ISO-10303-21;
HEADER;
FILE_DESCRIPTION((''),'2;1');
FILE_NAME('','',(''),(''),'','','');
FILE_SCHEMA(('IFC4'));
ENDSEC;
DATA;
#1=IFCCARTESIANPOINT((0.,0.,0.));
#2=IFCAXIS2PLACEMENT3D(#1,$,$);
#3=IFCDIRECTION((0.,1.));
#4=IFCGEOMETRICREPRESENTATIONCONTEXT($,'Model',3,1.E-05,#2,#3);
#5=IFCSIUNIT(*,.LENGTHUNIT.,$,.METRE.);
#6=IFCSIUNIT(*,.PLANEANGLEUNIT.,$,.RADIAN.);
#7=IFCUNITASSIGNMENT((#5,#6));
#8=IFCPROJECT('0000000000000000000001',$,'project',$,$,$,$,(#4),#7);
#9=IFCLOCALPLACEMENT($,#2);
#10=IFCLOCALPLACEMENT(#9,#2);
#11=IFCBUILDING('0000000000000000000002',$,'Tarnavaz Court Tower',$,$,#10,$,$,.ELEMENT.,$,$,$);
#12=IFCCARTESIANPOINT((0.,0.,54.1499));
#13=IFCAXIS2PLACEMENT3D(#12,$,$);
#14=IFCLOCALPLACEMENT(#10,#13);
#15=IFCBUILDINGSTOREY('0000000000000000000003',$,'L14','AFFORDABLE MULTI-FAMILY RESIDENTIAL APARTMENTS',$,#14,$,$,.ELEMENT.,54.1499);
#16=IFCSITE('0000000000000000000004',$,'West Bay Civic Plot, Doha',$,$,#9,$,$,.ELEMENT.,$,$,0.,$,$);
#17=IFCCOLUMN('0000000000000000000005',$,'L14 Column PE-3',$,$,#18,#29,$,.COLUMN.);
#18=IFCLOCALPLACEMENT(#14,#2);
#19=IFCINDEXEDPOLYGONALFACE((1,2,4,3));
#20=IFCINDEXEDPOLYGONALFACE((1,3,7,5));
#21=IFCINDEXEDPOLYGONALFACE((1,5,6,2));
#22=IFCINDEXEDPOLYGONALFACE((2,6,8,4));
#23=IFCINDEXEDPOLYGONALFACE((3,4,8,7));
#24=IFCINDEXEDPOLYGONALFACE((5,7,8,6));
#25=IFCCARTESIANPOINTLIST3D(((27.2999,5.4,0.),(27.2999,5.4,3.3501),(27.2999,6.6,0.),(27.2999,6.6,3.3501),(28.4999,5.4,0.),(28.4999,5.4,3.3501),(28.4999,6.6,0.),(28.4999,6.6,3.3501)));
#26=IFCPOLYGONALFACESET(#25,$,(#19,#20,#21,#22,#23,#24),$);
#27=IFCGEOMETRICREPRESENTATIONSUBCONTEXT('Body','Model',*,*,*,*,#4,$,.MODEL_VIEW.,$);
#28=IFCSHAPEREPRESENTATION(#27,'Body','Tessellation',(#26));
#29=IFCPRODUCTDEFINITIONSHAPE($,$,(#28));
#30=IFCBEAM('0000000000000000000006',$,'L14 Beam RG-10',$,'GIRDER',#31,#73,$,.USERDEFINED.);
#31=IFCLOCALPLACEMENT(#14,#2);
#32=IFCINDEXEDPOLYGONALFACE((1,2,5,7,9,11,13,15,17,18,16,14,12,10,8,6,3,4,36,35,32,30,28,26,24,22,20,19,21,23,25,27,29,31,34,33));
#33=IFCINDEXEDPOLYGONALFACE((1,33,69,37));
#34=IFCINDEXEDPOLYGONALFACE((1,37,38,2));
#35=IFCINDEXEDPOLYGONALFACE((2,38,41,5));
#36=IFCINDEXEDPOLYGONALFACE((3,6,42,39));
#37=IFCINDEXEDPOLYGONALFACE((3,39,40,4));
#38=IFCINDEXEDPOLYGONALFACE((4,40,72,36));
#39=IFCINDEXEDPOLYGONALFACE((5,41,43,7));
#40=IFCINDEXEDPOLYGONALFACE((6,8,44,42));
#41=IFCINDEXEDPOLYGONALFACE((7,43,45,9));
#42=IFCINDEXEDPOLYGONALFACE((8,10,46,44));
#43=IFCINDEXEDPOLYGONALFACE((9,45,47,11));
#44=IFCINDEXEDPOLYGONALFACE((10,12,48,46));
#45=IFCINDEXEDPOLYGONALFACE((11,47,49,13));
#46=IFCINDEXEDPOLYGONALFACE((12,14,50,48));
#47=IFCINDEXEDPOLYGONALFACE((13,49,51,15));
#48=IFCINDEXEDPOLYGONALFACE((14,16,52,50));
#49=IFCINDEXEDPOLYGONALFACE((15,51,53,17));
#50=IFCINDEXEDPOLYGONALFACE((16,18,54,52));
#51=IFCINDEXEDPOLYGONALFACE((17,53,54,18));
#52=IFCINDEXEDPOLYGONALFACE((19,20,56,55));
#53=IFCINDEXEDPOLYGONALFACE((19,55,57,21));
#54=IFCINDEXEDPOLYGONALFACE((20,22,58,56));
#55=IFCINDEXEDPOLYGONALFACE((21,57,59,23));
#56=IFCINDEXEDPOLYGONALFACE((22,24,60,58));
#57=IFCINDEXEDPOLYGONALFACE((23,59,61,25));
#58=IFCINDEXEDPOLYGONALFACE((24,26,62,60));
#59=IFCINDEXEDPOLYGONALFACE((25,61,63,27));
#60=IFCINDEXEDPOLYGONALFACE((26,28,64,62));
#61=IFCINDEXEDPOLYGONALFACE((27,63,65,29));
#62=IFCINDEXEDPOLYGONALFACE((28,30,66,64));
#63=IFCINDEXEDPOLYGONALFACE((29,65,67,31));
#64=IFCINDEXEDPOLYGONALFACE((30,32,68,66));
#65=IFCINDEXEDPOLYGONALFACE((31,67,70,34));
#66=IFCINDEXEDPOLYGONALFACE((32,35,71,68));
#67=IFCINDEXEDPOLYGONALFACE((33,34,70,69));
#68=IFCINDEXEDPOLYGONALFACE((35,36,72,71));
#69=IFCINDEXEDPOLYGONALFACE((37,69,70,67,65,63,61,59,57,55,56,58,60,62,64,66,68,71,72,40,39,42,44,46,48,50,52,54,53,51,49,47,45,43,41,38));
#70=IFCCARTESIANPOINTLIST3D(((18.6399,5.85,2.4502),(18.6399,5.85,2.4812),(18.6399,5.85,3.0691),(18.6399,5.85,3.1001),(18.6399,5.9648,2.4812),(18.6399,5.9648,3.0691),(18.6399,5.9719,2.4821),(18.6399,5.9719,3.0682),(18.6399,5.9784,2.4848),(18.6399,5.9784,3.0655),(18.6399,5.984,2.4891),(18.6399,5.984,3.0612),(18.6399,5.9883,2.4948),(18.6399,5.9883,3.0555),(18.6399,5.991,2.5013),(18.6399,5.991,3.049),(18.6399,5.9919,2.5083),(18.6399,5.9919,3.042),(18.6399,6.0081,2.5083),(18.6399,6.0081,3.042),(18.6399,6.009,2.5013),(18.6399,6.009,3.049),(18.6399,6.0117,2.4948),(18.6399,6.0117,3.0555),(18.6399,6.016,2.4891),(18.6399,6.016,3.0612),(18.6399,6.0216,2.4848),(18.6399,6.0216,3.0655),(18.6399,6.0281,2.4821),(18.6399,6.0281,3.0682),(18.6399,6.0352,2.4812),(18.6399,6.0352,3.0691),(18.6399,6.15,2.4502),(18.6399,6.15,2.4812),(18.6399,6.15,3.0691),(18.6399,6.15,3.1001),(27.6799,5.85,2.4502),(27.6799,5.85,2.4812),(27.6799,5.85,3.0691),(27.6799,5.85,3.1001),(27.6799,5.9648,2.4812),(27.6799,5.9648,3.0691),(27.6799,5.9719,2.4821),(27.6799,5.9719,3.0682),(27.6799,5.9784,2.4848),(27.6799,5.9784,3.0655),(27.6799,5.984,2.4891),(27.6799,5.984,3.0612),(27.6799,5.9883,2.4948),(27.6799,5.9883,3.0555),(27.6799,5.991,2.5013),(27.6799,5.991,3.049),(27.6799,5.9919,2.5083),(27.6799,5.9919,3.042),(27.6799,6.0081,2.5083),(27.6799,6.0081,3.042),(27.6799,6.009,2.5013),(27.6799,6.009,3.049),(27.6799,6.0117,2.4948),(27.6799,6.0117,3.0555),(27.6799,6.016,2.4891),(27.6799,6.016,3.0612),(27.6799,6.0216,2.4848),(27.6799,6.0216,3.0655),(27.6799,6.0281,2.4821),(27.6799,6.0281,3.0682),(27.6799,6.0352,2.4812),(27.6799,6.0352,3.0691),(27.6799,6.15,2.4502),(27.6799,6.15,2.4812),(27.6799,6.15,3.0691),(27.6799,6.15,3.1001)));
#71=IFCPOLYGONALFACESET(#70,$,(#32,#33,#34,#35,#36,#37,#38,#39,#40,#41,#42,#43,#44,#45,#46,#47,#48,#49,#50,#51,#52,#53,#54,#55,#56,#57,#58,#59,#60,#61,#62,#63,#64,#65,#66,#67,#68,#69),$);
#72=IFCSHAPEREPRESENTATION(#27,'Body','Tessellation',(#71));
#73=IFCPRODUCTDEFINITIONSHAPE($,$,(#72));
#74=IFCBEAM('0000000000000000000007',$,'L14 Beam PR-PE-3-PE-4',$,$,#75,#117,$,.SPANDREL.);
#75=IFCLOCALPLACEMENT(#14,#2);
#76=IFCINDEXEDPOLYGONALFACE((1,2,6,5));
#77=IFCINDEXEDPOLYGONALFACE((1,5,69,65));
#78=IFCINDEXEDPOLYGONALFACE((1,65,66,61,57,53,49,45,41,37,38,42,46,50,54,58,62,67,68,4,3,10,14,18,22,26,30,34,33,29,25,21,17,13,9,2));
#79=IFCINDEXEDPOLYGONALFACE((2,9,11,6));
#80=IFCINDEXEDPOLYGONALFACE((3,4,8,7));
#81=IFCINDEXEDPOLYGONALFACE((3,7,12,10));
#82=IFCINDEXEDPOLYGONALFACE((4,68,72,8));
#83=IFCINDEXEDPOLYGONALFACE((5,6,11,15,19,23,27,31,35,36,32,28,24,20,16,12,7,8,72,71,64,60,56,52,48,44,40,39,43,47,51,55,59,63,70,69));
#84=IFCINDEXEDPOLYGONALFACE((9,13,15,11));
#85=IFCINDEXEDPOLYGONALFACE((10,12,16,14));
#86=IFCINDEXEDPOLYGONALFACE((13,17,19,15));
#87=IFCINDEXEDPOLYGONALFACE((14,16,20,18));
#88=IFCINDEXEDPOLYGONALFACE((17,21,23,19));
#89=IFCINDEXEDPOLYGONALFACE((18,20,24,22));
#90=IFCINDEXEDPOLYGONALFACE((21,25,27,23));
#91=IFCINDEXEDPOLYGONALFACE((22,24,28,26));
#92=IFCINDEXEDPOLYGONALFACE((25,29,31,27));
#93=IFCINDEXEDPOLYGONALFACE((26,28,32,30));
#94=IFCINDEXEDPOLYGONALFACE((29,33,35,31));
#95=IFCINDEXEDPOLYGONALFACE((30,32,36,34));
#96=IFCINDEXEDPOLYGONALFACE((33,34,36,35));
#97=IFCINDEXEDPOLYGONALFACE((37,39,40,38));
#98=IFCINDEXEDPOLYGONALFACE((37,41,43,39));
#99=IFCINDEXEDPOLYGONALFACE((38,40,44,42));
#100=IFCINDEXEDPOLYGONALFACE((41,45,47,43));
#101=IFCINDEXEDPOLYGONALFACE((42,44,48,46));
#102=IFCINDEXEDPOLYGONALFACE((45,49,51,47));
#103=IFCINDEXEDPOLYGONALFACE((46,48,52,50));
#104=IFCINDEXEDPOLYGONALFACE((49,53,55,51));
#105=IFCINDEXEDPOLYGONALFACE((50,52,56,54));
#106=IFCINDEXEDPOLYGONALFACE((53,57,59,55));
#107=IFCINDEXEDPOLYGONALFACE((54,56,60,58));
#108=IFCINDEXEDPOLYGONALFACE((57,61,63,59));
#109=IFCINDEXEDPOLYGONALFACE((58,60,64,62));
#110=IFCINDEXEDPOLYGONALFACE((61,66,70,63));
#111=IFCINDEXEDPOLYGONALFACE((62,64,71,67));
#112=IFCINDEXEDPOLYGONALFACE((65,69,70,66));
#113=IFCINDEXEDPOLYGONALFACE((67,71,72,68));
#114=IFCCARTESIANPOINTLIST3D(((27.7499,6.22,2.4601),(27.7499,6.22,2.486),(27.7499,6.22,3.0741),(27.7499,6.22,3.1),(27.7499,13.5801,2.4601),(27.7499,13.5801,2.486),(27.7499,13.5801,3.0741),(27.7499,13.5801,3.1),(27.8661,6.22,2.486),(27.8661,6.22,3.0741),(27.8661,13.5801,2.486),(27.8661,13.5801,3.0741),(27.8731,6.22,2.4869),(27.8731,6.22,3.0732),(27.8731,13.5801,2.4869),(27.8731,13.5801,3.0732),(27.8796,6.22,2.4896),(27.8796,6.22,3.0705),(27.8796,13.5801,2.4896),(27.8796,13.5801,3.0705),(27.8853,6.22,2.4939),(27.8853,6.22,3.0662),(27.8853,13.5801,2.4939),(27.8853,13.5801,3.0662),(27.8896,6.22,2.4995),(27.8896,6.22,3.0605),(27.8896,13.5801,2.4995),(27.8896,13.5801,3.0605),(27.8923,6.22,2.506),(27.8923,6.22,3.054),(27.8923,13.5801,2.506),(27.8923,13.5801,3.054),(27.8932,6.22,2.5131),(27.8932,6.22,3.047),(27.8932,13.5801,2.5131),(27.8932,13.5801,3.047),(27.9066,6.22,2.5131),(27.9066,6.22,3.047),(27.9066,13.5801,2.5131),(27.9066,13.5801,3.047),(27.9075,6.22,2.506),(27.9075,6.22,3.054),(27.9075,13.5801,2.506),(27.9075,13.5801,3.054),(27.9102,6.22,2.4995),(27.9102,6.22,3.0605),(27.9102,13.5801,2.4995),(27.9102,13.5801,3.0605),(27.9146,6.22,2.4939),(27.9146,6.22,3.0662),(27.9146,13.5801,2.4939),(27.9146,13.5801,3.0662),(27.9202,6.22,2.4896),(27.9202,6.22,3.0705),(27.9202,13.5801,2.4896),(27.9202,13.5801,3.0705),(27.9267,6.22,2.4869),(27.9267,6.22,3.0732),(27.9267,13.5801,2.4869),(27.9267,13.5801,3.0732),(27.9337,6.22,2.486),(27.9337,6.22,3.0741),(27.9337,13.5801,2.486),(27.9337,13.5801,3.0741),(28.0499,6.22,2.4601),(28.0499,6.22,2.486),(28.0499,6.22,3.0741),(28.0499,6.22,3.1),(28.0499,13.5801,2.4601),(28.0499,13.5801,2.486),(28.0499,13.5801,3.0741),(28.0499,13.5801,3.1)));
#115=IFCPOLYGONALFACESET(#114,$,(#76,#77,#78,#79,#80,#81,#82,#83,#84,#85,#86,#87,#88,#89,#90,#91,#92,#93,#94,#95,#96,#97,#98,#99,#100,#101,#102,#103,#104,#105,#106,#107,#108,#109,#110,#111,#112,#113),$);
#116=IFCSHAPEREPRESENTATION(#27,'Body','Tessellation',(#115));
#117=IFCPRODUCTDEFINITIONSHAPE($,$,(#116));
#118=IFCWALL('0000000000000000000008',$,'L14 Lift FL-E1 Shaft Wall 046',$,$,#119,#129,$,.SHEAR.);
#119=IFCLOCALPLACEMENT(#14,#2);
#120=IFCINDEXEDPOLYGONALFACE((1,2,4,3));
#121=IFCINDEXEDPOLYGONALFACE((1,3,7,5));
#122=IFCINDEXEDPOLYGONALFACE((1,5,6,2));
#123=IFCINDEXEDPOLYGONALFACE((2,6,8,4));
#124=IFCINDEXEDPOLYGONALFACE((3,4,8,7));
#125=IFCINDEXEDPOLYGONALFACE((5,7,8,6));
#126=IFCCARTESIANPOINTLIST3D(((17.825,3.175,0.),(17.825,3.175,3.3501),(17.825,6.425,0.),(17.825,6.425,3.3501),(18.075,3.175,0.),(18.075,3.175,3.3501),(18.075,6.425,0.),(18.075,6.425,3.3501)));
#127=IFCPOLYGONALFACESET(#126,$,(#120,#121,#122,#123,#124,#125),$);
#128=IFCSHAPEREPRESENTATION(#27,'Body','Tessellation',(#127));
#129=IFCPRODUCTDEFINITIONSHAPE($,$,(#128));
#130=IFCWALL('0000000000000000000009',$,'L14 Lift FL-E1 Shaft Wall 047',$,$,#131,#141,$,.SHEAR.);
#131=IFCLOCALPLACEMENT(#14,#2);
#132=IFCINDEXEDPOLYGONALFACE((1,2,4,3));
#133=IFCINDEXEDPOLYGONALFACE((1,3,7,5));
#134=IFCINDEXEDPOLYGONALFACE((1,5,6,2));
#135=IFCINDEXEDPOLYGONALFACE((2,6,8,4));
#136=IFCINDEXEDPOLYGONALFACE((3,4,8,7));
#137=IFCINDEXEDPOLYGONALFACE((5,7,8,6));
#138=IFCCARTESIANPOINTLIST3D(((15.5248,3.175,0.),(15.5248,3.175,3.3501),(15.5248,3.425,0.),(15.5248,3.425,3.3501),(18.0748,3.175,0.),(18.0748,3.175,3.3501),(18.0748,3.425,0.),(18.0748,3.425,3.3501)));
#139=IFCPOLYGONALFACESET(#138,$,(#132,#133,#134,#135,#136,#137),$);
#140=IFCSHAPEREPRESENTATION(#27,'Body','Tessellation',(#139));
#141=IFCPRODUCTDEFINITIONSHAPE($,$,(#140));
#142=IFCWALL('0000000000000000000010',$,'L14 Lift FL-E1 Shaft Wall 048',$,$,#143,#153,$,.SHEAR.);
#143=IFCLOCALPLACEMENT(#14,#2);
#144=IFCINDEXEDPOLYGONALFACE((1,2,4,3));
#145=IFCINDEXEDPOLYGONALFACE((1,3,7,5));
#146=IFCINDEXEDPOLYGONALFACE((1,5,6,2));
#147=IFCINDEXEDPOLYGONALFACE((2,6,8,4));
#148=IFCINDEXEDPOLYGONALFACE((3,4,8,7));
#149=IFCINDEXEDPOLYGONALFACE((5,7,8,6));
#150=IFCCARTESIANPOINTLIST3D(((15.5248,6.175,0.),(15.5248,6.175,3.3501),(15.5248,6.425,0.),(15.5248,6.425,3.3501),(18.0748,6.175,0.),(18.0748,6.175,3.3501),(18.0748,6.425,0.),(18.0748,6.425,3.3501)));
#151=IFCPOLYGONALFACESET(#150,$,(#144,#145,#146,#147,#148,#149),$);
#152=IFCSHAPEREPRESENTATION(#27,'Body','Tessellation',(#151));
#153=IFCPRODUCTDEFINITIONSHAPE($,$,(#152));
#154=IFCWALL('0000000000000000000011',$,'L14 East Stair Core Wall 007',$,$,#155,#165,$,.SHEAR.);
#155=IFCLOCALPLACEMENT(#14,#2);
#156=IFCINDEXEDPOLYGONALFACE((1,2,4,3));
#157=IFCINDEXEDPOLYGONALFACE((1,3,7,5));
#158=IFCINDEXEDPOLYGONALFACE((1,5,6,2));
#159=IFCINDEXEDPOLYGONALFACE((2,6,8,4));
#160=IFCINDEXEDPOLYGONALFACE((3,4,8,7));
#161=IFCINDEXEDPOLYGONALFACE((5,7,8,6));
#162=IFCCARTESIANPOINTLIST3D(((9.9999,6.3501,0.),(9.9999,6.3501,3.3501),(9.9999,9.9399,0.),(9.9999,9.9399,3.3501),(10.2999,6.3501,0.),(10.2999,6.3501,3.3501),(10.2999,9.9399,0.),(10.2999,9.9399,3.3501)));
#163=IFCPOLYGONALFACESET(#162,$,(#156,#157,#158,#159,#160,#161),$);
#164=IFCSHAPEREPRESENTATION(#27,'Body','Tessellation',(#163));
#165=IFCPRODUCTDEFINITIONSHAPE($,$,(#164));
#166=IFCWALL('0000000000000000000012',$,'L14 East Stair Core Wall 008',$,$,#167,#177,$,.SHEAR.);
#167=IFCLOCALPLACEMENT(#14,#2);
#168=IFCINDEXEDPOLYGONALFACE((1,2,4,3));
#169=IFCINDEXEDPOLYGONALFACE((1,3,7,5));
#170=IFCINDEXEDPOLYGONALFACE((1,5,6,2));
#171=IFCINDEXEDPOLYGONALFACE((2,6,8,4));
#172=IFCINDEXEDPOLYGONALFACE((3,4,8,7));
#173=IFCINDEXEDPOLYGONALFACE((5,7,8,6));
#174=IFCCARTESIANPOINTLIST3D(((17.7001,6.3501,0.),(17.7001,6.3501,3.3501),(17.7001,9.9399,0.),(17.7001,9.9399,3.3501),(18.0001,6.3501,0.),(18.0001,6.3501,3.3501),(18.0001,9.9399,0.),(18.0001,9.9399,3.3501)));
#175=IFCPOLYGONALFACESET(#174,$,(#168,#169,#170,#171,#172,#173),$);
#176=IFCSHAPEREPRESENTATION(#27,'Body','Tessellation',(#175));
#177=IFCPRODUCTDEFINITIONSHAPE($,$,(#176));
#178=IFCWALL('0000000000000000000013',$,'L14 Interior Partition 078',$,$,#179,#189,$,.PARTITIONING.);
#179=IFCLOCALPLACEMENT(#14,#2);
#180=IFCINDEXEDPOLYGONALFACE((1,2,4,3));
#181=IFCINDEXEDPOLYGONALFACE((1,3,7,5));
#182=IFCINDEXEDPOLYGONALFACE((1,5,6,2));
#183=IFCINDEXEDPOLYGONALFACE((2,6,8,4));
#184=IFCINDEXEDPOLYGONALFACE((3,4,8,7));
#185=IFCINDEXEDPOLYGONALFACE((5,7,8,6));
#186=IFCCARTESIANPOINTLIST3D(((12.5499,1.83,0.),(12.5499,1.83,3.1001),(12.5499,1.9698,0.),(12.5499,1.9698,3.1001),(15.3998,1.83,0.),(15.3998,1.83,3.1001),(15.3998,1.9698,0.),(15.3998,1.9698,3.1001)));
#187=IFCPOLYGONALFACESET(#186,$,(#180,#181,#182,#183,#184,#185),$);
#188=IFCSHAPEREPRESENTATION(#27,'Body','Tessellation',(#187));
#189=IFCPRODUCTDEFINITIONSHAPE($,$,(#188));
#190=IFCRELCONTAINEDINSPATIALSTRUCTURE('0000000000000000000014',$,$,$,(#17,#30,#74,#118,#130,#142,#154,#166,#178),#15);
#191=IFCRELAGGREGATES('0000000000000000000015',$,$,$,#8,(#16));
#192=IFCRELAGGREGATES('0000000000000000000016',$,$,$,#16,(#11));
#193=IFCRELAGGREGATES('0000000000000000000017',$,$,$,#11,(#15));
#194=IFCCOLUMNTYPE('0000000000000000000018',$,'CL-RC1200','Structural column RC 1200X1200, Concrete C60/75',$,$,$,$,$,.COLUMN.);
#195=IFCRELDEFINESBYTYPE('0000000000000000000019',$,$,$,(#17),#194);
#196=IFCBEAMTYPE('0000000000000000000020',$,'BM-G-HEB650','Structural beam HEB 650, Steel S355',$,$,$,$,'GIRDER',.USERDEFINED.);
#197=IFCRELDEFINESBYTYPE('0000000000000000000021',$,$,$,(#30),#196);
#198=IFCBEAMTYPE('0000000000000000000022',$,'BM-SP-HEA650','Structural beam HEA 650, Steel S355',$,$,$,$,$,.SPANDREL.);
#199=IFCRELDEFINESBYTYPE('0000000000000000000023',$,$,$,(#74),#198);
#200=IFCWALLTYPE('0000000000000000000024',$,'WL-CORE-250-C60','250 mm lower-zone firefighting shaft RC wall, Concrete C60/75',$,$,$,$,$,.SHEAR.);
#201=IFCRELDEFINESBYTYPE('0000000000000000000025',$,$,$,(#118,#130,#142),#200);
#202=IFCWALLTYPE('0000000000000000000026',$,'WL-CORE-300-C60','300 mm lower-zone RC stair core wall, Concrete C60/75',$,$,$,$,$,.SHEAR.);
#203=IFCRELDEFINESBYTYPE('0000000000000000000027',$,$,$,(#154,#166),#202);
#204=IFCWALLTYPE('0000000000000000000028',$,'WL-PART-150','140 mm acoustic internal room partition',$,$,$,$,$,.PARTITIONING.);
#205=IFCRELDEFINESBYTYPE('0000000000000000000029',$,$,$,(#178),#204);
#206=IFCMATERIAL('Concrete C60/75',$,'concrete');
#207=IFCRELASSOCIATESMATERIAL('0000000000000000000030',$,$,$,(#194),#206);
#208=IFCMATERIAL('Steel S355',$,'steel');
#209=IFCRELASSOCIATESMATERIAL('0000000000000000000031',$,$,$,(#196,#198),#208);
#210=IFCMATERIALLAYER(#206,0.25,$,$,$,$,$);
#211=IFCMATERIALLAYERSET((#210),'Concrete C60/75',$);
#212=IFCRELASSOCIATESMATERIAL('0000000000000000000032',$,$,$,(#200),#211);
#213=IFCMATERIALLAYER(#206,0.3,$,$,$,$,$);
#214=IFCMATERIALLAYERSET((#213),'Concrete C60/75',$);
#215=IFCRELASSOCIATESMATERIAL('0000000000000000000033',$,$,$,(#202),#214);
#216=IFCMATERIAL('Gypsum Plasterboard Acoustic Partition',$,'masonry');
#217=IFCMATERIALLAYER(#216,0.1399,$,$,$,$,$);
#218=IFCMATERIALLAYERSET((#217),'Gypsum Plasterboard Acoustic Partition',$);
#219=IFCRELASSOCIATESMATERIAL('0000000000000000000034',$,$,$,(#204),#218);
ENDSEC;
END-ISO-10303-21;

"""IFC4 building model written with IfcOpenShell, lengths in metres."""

from ifc_helpers import new_model, si_unit, direction, frame, frame_2d, origin, origin_2d, place, context, subcontext, project, spatial, rectangle, i_section, extrude, material, layer, layer_set, material_profile, profile_set, type_object, element, save


model = new_model("IFC4")

# Units and contexts
model_context = context("Model", 3, precision=1e-05, world=origin(), true_north=direction((0.0, 1.0)))
body_context = subcontext(model_context, "Body", "Model", "MODEL_VIEW")
ifc_project = project(units=[si_unit("LENGTHUNIT", "METRE"), si_unit("PLANEANGLEUNIT", "RADIAN")], contexts=[model_context])

# Site, building, storey
site_placement = place(None, origin())
site = spatial("IfcSite", under=ifc_project, at=site_placement, Name="West Bay Civic Plot, Doha", CompositionType="ELEMENT", RefElevation=0.0)
building_placement = place(site_placement, origin())
building = spatial("IfcBuilding", under=site, at=building_placement, Name="Tarnavaz Court Tower", CompositionType="ELEMENT")
storey_placement = place(building_placement, frame((0.0, 0.0, 54.1499)))
storey = spatial("IfcBuildingStorey", under=building, at=storey_placement, Name="L14", Description="AFFORDABLE MULTI-FAMILY RESIDENTIAL APARTMENTS", CompositionType="ELEMENT", Elevation=54.1499)

# Column
ifc_material_1 = material(Name="Concrete C60/75", Category="concrete")
ifc_material_profile_1 = material_profile(ifc_material_1, rectangle(XDim=1.2, YDim=1.2, at=origin_2d()), Name="RC 1200X1200")
ifc_profile_set_1 = profile_set([ifc_material_profile_1], Name="Concrete C60/75")
column_type = type_object("IfcColumnType", Name="CL-RC1200", Description="Structural column RC 1200X1200, Concrete C60/75", PredefinedType="COLUMN", material=ifc_profile_set_1)
column_placement = place(storey_placement, frame((27.8999, 6.0, 0.0), z_axis=(0.0, 0.0, 1.0), x_axis=(1.0, 0.0, 0.0)))
element("IfcColumn", 1, at=column_placement, inside=storey, type_object=column_type, Name="L14 Column PE-3", PredefinedType="COLUMN", context=body_context, shape_type="SweptSolid", body=[
    extrude(rectangle(XDim=1.2, YDim=1.2, at=origin_2d()), origin(), (0.0, 0.0, 1.0), 3.3501),
])

# Beams
ifc_material_2 = material(Name="Steel S355", Category="steel")
ifc_material_profile_2 = material_profile(ifc_material_2, i_section(OverallWidth=0.3, OverallDepth=0.6499, WebThickness=0.0161, FlangeThickness=0.031, FilletRadius=0.0271, at=origin_2d()), Name="HEB 650")
ifc_profile_set_2 = profile_set([ifc_material_profile_2], Name="Steel S355")
beam_type_1 = type_object("IfcBeamType", Name="BM-G-HEB650", Description="Structural beam HEB 650, Steel S355", ElementType="GIRDER", PredefinedType="USERDEFINED", material=ifc_profile_set_2)
beam_1_placement = place(storey_placement, frame((18.6399, 6.0, 2.7751), z_axis=(1.0, 0.0, 0.0), x_axis=(0.0, 1.0, 0.0)))
element("IfcBeam", 2, at=beam_1_placement, inside=storey, type_object=beam_type_1, Name="L14 Beam RG-10", ObjectType="GIRDER", PredefinedType="USERDEFINED", context=body_context, shape_type="SweptSolid", body=[
    extrude(i_section(OverallWidth=0.3, OverallDepth=0.6499, WebThickness=0.0161, FlangeThickness=0.031, FilletRadius=0.0271, at=origin_2d()), origin(), (0.0, 0.0, 1.0), 9.04),
])
ifc_material_profile_3 = material_profile(ifc_material_2, i_section(OverallWidth=0.3, OverallDepth=0.6399, WebThickness=0.0134, FlangeThickness=0.0259, FilletRadius=0.0271, at=origin_2d()), Name="HEA 650")
ifc_profile_set_3 = profile_set([ifc_material_profile_3], Name="Steel S355")
beam_type_2 = type_object("IfcBeamType", Name="BM-SP-HEA650", Description="Structural beam HEA 650, Steel S355", PredefinedType="SPANDREL", material=ifc_profile_set_3)
beam_2_placement = place(storey_placement, frame((27.8999, 6.22, 2.78), z_axis=(0.0, 1.0, 0.0), x_axis=(-1.0, 0.0, 0.0)))
element("IfcBeam", 3, at=beam_2_placement, inside=storey, type_object=beam_type_2, Name="L14 Beam PR-PE-3-PE-4", PredefinedType="SPANDREL", context=body_context, shape_type="SweptSolid", body=[
    extrude(i_section(OverallWidth=0.3, OverallDepth=0.6399, WebThickness=0.0134, FlangeThickness=0.0259, FilletRadius=0.0271, at=origin_2d()), origin(), (0.0, 0.0, 1.0), 7.3601),
])

# Shared definitions
ifc_layer_1 = layer(ifc_material_1, 0.25)
ifc_layer_set_1 = layer_set([ifc_layer_1], Name="Concrete C60/75")
wall_type_1 = type_object("IfcWallType", Name="WL-CORE-250-C60", Description="250 mm lower-zone firefighting shaft RC wall, Concrete C60/75", PredefinedType="SHEAR", material=ifc_layer_set_1)

# Walls
wall_1_placement = place(storey_placement, frame((17.95, 3.175, 0.0), z_axis=(0.0, 0.0, 1.0), x_axis=(0.0, 1.0, 0.0)))
element("IfcWall", 4, at=wall_1_placement, inside=storey, type_object=wall_type_1, Name="L14 Lift FL-E1 Shaft Wall 046", PredefinedType="SHEAR", context=body_context, shape_type="SweptSolid", body=[
    extrude(rectangle(XDim=3.25, YDim=0.25, at=frame_2d((1.625, 0.0))), origin(), (0.0, 0.0, 1.0), 3.3501),
])
for number, where, z_axis, x_axis, name in (
    (5, (15.5249, 3.3, 0.0), (0.0, 0.0, 1.0), (1.0, 0.0, 0.0), "L14 Lift FL-E1 Shaft Wall 047"),
    (6, (15.5249, 6.3, 0.0), (0.0, 0.0, 1.0), (1.0, 0.0, 0.0), "L14 Lift FL-E1 Shaft Wall 048"),
):
    element("IfcWall", number, at=place(storey_placement, frame(where, z_axis=z_axis, x_axis=x_axis)), inside=storey, type_object=wall_type_1, Name=name, PredefinedType="SHEAR", context=body_context, shape_type="SweptSolid", body=[
        extrude(rectangle(XDim=2.55, YDim=0.25, at=frame_2d((1.2749, 0.0))), origin(), (0.0, 0.0, 1.0), 3.3501),
    ])
ifc_layer_2 = layer(ifc_material_1, 0.3)
ifc_layer_set_2 = layer_set([ifc_layer_2], Name="Concrete C60/75")
wall_type_2 = type_object("IfcWallType", Name="WL-CORE-300-C60", Description="300 mm lower-zone RC stair core wall, Concrete C60/75", PredefinedType="SHEAR", material=ifc_layer_set_2)
for number, where, z_axis, x_axis, name in (
    (7, (10.1499, 6.3501, 0.0), (0.0, 0.0, 1.0), (0.0, 1.0, 0.0), "L14 East Stair Core Wall 007"),
    (8, (17.8501, 6.3501, 0.0), (0.0, 0.0, 1.0), (0.0, 1.0, 0.0), "L14 East Stair Core Wall 008"),
):
    element("IfcWall", number, at=place(storey_placement, frame(where, z_axis=z_axis, x_axis=x_axis)), inside=storey, type_object=wall_type_2, Name=name, PredefinedType="SHEAR", context=body_context, shape_type="SweptSolid", body=[
        extrude(rectangle(XDim=3.5898, YDim=0.3, at=frame_2d((1.7949, 0.0))), origin(), (0.0, 0.0, 1.0), 3.3501),
    ])

# Wall
ifc_material_3 = material(Name="Gypsum Plasterboard Acoustic Partition", Category="masonry")
ifc_layer_3 = layer(ifc_material_3, 0.1399)
ifc_layer_set_3 = layer_set([ifc_layer_3], Name="Gypsum Plasterboard Acoustic Partition")
wall_type_3 = type_object("IfcWallType", Name="WL-PART-150", Description="140 mm acoustic internal room partition", PredefinedType="PARTITIONING", material=ifc_layer_set_3)
wall_2_placement = place(storey_placement, frame((12.55, 1.8999, 0.0), z_axis=(0.0, 0.0, 1.0), x_axis=(1.0, 0.0, 0.0)))
element("IfcWall", 9, at=wall_2_placement, inside=storey, type_object=wall_type_3, Name="L14 Interior Partition 078", PredefinedType="PARTITIONING", context=body_context, shape_type="SweptSolid", body=[
    extrude(rectangle(XDim=2.8499, YDim=0.1399, at=frame_2d((1.4248, 0.0))), origin(), (0.0, 0.0, 1.0), 3.1001),
])

save(model, "model.ifc")
